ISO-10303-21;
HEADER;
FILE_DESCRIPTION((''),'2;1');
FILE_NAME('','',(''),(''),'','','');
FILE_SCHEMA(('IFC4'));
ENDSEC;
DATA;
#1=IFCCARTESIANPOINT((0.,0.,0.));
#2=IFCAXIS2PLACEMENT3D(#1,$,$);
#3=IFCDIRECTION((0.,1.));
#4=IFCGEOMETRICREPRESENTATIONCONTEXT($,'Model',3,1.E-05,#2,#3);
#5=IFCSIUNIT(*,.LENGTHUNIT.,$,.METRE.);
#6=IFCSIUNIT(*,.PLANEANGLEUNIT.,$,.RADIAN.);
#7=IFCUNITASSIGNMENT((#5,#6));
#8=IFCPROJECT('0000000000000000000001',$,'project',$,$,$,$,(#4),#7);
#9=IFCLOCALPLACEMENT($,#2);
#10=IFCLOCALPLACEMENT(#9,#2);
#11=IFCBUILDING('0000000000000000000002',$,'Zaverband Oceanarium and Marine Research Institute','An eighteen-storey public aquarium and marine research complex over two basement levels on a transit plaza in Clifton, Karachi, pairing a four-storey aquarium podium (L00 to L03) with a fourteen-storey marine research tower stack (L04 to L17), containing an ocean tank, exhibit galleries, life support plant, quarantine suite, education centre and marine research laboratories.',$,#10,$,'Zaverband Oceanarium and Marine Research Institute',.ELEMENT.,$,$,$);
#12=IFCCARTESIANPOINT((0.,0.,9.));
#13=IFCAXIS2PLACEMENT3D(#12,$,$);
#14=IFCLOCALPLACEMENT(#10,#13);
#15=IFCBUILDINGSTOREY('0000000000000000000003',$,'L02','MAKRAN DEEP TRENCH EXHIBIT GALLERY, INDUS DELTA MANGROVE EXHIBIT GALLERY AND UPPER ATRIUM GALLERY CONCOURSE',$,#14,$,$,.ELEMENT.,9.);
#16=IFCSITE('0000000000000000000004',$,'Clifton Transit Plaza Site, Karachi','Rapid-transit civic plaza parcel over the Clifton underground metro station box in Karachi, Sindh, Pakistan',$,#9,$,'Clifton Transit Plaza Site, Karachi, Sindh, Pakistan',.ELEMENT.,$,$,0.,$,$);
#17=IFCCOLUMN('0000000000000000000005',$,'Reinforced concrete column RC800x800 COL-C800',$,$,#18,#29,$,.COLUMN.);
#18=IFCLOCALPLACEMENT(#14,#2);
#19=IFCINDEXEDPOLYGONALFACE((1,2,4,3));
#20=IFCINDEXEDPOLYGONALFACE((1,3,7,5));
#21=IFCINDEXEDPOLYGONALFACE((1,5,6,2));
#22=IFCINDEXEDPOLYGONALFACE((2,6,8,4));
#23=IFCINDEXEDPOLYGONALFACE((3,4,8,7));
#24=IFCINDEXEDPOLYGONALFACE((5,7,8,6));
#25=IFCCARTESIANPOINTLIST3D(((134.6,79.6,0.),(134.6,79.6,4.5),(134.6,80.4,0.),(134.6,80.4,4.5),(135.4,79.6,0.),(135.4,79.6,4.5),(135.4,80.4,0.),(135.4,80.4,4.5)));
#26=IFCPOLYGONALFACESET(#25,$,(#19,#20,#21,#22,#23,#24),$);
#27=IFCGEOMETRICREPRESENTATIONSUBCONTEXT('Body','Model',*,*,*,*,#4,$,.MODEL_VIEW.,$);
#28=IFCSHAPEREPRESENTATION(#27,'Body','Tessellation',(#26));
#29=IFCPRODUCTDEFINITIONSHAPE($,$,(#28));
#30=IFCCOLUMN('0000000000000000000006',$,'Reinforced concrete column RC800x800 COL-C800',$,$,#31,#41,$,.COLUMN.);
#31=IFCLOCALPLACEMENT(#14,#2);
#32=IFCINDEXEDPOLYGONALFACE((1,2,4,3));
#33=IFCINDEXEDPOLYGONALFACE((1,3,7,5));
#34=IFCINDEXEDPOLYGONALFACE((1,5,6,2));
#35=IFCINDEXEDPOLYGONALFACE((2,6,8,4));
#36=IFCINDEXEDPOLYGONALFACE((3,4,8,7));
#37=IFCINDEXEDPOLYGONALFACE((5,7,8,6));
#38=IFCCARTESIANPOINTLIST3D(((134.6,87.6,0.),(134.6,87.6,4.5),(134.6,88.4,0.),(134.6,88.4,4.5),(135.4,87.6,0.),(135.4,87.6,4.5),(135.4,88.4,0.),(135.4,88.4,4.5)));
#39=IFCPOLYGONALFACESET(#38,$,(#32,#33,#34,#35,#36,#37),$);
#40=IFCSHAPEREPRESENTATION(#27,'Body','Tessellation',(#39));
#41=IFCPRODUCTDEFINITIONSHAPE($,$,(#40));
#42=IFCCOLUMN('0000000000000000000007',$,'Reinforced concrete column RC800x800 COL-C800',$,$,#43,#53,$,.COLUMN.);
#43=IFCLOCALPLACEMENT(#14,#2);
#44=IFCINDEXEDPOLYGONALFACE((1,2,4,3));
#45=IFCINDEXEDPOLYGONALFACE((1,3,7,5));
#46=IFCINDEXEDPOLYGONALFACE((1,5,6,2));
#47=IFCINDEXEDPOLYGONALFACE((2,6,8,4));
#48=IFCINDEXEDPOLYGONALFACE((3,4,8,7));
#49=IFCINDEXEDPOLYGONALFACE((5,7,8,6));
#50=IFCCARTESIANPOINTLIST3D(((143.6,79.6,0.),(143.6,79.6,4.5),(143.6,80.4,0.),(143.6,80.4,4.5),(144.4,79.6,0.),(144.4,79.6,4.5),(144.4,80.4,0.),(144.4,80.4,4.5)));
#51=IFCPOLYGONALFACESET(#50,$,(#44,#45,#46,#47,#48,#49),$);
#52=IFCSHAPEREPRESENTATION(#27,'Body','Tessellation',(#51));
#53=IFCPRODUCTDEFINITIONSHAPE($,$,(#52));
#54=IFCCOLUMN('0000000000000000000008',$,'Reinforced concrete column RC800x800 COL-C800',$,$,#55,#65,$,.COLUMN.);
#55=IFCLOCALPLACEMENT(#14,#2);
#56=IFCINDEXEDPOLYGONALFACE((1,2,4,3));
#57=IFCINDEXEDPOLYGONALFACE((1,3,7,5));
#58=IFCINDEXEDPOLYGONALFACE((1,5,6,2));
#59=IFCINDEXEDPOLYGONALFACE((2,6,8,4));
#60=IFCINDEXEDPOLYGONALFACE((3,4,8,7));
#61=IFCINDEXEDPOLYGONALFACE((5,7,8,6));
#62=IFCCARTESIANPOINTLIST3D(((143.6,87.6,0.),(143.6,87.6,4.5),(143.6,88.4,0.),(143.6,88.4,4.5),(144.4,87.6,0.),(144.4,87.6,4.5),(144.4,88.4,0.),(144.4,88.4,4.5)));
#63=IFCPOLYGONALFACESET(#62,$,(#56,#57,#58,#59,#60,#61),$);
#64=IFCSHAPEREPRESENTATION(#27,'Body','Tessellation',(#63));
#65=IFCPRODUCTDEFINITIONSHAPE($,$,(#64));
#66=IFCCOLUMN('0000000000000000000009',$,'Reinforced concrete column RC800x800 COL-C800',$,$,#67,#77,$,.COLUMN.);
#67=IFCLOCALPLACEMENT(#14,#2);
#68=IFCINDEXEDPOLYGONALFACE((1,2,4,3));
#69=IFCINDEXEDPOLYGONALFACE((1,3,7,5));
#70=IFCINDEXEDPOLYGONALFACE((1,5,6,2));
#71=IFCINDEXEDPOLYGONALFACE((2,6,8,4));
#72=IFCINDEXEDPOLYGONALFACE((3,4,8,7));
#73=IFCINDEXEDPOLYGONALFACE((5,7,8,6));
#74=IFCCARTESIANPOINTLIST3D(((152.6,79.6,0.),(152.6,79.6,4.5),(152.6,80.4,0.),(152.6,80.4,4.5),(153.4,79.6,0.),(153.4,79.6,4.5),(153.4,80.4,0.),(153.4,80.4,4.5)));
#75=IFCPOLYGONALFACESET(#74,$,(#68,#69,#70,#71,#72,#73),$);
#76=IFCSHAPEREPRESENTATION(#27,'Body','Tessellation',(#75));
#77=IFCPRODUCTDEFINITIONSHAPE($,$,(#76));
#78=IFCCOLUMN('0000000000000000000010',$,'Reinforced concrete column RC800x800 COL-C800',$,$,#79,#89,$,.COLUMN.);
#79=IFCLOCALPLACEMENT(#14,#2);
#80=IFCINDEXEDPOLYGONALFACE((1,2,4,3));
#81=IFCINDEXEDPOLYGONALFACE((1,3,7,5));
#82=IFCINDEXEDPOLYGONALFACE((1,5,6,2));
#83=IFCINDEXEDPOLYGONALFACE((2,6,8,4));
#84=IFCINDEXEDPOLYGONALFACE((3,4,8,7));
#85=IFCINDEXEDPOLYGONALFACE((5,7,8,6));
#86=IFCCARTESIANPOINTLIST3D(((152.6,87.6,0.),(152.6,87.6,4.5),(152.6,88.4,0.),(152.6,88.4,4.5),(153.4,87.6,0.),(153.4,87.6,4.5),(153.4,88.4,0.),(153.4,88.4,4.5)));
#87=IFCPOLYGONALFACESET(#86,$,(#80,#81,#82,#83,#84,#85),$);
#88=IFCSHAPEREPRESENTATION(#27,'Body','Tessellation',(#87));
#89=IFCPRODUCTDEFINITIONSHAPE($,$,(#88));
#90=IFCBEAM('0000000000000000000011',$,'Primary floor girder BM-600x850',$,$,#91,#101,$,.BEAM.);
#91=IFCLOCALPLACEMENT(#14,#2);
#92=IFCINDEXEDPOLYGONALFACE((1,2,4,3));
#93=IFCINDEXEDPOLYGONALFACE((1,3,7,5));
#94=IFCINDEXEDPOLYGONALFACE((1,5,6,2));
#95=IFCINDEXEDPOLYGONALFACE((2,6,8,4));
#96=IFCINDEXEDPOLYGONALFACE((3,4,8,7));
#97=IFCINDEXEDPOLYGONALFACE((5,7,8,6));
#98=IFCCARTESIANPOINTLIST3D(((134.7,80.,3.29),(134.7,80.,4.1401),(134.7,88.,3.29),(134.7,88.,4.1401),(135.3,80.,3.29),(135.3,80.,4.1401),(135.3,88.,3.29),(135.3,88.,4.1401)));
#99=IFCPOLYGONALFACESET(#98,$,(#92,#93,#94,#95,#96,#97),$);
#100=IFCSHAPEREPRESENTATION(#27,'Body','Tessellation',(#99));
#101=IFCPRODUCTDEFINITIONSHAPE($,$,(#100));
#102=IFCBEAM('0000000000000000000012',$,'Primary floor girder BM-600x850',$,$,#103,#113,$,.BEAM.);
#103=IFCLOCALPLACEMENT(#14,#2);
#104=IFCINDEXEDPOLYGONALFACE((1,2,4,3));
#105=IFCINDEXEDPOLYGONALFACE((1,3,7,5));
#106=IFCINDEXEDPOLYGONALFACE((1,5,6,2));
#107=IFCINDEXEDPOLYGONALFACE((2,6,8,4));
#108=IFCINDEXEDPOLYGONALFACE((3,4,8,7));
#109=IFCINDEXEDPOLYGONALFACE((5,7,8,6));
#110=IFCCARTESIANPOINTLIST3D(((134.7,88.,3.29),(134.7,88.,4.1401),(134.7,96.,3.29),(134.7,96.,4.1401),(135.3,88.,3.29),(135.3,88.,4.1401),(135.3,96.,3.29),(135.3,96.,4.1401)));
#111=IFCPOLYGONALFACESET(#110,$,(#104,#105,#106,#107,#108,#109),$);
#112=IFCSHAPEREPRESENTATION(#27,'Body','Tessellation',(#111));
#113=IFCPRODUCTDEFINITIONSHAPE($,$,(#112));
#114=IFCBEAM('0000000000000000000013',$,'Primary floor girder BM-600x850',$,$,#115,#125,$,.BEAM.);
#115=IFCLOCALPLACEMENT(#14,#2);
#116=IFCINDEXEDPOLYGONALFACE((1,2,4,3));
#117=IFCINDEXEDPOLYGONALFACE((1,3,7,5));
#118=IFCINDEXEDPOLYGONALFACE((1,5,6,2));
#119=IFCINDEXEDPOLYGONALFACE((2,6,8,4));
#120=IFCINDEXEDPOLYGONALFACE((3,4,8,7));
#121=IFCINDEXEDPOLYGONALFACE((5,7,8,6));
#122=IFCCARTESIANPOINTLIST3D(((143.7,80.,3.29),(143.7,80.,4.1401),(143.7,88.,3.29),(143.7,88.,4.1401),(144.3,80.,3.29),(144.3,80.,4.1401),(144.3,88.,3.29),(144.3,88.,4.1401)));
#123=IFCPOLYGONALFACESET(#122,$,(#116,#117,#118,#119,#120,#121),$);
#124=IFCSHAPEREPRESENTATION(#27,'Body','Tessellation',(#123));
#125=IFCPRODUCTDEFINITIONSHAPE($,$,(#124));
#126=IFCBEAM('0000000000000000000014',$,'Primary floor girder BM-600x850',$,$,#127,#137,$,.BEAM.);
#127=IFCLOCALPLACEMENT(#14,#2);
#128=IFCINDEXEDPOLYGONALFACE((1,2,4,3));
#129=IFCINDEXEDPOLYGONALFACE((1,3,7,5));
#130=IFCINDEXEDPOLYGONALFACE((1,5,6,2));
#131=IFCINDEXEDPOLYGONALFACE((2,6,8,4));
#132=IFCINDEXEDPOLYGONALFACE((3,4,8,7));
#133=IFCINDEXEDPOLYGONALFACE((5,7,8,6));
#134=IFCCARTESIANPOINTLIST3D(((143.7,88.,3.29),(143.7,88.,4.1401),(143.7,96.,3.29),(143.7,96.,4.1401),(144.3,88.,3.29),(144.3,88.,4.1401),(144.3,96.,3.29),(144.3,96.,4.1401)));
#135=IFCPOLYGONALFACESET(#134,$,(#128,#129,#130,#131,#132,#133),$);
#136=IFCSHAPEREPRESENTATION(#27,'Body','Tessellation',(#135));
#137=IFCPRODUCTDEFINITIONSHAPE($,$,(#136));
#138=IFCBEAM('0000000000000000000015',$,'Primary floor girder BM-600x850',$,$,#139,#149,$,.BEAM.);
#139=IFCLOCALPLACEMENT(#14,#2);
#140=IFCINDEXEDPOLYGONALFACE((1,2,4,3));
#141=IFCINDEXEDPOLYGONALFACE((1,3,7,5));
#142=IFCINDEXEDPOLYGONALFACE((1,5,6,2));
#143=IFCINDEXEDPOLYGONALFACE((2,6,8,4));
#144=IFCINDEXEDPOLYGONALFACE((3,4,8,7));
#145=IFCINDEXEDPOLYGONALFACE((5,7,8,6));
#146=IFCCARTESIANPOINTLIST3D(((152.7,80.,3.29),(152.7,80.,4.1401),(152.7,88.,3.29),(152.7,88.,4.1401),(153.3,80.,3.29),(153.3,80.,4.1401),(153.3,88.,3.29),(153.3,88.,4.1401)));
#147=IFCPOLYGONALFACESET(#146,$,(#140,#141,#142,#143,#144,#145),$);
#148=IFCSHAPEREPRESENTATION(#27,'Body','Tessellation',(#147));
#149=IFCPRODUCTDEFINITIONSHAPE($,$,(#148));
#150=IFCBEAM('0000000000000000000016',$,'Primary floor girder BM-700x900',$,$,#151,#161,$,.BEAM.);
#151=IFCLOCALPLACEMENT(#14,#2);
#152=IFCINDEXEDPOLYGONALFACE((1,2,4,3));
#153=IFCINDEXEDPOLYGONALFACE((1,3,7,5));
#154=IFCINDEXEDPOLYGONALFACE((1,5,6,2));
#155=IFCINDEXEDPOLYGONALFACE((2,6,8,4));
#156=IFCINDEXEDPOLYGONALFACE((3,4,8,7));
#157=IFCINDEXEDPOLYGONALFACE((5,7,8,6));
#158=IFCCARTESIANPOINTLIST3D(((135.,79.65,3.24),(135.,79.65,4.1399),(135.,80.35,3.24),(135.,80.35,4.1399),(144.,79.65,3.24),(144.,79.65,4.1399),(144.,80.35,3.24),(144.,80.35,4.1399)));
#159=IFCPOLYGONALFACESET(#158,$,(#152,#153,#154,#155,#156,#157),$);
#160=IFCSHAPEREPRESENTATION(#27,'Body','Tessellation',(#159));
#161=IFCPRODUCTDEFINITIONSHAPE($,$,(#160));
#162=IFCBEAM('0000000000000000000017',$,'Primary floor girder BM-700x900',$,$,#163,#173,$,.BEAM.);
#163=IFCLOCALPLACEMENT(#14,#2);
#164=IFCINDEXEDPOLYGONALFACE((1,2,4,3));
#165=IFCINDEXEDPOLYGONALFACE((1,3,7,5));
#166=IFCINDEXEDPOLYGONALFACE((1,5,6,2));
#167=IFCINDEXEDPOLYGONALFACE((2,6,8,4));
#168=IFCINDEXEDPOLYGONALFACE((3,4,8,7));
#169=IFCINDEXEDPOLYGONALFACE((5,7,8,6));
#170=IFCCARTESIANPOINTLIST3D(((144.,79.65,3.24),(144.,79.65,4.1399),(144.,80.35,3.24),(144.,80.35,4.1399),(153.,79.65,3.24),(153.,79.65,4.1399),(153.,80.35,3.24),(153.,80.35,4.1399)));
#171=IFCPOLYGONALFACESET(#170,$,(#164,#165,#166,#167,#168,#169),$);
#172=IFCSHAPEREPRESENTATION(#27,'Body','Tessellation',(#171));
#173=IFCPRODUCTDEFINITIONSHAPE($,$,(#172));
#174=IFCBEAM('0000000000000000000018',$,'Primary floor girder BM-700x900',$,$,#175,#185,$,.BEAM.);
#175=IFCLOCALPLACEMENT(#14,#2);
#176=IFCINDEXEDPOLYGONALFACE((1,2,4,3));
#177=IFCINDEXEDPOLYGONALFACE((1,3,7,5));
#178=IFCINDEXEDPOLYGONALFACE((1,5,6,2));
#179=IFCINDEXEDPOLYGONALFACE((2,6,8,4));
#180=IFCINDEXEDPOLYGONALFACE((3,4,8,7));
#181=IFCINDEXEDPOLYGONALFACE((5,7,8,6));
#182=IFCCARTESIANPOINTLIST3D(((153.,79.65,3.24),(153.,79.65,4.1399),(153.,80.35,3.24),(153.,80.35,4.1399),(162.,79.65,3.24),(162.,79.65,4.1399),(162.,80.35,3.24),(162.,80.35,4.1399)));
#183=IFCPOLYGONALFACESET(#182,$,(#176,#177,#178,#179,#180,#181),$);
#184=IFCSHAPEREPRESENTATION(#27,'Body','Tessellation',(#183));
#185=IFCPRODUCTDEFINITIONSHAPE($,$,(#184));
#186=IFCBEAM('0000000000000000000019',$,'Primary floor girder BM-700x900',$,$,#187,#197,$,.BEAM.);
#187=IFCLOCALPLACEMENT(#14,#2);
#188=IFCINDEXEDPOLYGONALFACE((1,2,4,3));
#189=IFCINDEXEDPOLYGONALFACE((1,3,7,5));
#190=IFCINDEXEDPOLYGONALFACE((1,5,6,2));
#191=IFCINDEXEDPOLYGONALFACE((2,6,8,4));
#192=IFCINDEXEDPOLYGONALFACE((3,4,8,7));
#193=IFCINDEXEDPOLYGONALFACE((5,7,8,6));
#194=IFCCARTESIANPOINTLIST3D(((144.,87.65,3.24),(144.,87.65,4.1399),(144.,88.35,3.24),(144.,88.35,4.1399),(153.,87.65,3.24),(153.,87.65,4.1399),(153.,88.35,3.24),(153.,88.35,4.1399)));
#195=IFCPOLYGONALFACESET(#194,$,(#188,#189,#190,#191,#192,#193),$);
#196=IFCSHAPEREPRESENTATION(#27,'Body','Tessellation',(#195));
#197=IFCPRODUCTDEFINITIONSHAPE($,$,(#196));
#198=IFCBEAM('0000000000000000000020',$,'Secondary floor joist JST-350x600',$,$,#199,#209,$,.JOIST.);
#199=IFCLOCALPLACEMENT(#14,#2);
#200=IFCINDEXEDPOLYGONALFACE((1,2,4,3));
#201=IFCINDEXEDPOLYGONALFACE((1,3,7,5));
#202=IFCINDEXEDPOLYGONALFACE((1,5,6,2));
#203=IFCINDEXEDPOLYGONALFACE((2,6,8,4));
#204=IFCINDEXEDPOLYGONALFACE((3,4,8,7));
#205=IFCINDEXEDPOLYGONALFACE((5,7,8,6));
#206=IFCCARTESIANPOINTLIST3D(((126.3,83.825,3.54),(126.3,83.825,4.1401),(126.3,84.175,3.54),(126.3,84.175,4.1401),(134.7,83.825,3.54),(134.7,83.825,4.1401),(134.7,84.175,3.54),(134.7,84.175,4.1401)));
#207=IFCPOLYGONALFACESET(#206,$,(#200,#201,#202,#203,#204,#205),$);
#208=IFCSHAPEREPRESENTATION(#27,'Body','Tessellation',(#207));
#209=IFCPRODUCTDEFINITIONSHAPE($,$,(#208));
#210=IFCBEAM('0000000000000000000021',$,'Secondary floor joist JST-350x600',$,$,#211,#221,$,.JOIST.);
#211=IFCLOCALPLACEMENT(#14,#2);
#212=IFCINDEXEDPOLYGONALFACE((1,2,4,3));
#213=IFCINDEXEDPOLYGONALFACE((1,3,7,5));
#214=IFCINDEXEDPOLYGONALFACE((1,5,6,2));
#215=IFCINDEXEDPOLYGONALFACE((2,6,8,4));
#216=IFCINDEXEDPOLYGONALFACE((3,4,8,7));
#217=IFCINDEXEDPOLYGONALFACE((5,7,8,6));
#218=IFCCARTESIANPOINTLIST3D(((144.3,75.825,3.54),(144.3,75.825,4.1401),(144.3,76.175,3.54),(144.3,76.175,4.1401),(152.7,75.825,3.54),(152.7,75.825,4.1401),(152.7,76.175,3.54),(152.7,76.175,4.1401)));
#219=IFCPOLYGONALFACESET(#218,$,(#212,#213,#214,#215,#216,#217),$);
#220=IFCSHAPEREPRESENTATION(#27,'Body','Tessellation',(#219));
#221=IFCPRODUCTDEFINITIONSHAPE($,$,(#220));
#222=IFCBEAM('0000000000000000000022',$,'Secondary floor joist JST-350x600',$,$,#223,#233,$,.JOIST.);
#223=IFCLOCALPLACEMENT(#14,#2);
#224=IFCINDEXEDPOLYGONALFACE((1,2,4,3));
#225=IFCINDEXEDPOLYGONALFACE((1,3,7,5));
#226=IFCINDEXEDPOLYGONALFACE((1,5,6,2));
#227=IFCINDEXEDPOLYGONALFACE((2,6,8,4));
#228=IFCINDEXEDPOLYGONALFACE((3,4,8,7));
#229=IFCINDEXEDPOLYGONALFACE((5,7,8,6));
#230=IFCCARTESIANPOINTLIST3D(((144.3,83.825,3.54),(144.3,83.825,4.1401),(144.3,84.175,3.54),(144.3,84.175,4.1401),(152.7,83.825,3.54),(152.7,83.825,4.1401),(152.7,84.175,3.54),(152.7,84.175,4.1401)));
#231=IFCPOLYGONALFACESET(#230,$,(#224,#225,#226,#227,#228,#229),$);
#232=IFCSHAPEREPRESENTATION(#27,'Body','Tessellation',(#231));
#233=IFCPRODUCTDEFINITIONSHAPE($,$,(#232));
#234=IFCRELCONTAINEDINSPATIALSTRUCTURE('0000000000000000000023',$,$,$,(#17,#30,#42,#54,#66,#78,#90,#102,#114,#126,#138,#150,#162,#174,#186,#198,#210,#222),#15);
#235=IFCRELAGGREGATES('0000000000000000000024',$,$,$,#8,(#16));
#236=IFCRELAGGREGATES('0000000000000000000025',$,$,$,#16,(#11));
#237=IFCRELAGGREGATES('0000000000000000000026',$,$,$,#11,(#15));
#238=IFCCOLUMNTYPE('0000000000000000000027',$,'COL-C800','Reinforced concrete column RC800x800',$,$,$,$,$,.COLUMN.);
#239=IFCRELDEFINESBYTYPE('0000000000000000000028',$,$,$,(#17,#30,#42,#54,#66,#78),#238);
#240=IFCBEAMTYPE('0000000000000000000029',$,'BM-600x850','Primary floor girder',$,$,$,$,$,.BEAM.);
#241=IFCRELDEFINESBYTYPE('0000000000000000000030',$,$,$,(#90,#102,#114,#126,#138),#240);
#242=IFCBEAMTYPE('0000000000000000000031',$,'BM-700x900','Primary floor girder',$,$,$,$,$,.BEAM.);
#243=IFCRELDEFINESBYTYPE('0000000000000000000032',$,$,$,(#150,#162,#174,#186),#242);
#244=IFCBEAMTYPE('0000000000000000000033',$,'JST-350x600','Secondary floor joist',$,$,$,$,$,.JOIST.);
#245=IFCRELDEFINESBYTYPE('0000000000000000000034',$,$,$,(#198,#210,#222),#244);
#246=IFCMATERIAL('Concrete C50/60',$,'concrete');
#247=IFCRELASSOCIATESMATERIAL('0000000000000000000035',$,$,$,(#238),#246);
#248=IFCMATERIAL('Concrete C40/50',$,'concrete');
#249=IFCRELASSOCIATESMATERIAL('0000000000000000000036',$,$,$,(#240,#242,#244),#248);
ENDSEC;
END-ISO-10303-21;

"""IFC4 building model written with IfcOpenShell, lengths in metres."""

from ifc_helpers import new_model, si_unit, direction, frame, origin, origin_2d, place, context, subcontext, project, spatial, rectangle, extrude, material, material_profile, profile_set, type_object, element, save


model = new_model("IFC4")

# Units and contexts
model_context = context("Model", 3, precision=1e-05, world=origin(), true_north=direction((0.0, 1.0)))
body_context = subcontext(model_context, "Body", "Model", "MODEL_VIEW")
ifc_project = project(units=[si_unit("LENGTHUNIT", "METRE"), si_unit("PLANEANGLEUNIT", "RADIAN")], contexts=[model_context])

# Site, building, storey
site_placement = place(None, origin())
site = spatial("IfcSite", under=ifc_project, at=site_placement, Name="Clifton Transit Plaza Site, Karachi", Description="Rapid-transit civic plaza parcel over the Clifton underground metro station box in Karachi, Sindh, Pakistan", LongName="Clifton Transit Plaza Site, Karachi, Sindh, Pakistan", CompositionType="ELEMENT", RefElevation=0.0)
building_placement = place(site_placement, origin())
building = spatial("IfcBuilding", under=site, at=building_placement, Name="Zaverband Oceanarium and Marine Research Institute", Description="An eighteen-storey public aquarium and marine research complex over two basement levels on a transit plaza in Clifton, Karachi, pairing a four-storey aquarium podium (L00 to L03) with a fourteen-storey marine research tower stack (L04 to L17), containing an ocean tank, exhibit galleries, life support plant, quarantine suite, education centre and marine research laboratories.", LongName="Zaverband Oceanarium and Marine Research Institute", CompositionType="ELEMENT")
storey_placement = place(building_placement, frame((0.0, 0.0, 9.0)))
storey = spatial("IfcBuildingStorey", under=building, at=storey_placement, Name="L02", Description="MAKRAN DEEP TRENCH EXHIBIT GALLERY, INDUS DELTA MANGROVE EXHIBIT GALLERY AND UPPER ATRIUM GALLERY CONCOURSE", CompositionType="ELEMENT", Elevation=9.0)

# Columns
ifc_material_1 = material(Name="Concrete C50/60", Category="concrete")
ifc_material_profile_1 = material_profile(ifc_material_1, rectangle(XDim=0.8, YDim=0.8, at=origin_2d()), Name="RC800x800")
ifc_profile_set_1 = profile_set([ifc_material_profile_1], Name="Concrete C50/60")
column_type = type_object("IfcColumnType", Name="COL-C800", Description="Reinforced concrete column RC800x800", PredefinedType="COLUMN", material=ifc_profile_set_1)
for number, where, z_axis, x_axis, name in (
    (1, (135.0, 80.0, 0.0), (0.0, 0.0, 1.0), (1.0, 0.0, 0.0), "Reinforced concrete column RC800x800 COL-C800"),
    (2, (135.0, 88.0, 0.0), (0.0, 0.0, 1.0), (1.0, 0.0, 0.0), "Reinforced concrete column RC800x800 COL-C800"),
    (3, (144.0, 80.0, 0.0), (0.0, 0.0, 1.0), (1.0, 0.0, 0.0), "Reinforced concrete column RC800x800 COL-C800"),
    (4, (144.0, 88.0, 0.0), (0.0, 0.0, 1.0), (1.0, 0.0, 0.0), "Reinforced concrete column RC800x800 COL-C800"),
    (5, (153.0, 80.0, 0.0), (0.0, 0.0, 1.0), (1.0, 0.0, 0.0), "Reinforced concrete column RC800x800 COL-C800"),
    (6, (153.0, 88.0, 0.0), (0.0, 0.0, 1.0), (1.0, 0.0, 0.0), "Reinforced concrete column RC800x800 COL-C800"),
):
    element("IfcColumn", number, at=place(storey_placement, frame(where, z_axis=z_axis, x_axis=x_axis)), inside=storey, type_object=column_type, Name=name, PredefinedType="COLUMN", context=body_context, shape_type="SweptSolid", body=[
        extrude(rectangle(XDim=0.8, YDim=0.8, at=origin_2d()), origin(), (0.0, 0.0, 1.0), 4.5),
    ])

# Beams
ifc_material_2 = material(Name="Concrete C40/50", Category="concrete")
ifc_material_profile_2 = material_profile(ifc_material_2, rectangle(XDim=0.6001, YDim=0.8501, at=origin_2d()), Name="RC600x850")
ifc_profile_set_2 = profile_set([ifc_material_profile_2], Name="Concrete C40/50")
beam_type_1 = type_object("IfcBeamType", Name="BM-600x850", Description="Primary floor girder", PredefinedType="BEAM", material=ifc_profile_set_2)
for number, where, z_axis, x_axis, name in (
    (7, (135.0, 80.0, 3.7151), (0.0, 1.0, 0.0), (-1.0, 0.0, 0.0), "Primary floor girder BM-600x850"),
    (8, (135.0, 88.0, 3.7151), (0.0, 1.0, 0.0), (-1.0, 0.0, 0.0), "Primary floor girder BM-600x850"),
    (9, (144.0, 80.0, 3.7151), (0.0, 1.0, 0.0), (-1.0, 0.0, 0.0), "Primary floor girder BM-600x850"),
    (10, (144.0, 88.0, 3.7151), (0.0, 1.0, 0.0), (-1.0, 0.0, 0.0), "Primary floor girder BM-600x850"),
    (11, (153.0, 80.0, 3.7151), (0.0, 1.0, 0.0), (-1.0, 0.0, 0.0), "Primary floor girder BM-600x850"),
):
    element("IfcBeam", number, at=place(storey_placement, frame(where, z_axis=z_axis, x_axis=x_axis)), inside=storey, type_object=beam_type_1, Name=name, PredefinedType="BEAM", context=body_context, shape_type="SweptSolid", body=[
        extrude(rectangle(XDim=0.6001, YDim=0.8501, at=origin_2d()), origin(), (0.0, 0.0, 1.0), 8.0),
    ])
ifc_material_profile_3 = material_profile(ifc_material_2, rectangle(XDim=0.7, YDim=0.8999, at=origin_2d()), Name="RC700x900")
ifc_profile_set_3 = profile_set([ifc_material_profile_3], Name="Concrete C40/50")
beam_type_2 = type_object("IfcBeamType", Name="BM-700x900", Description="Primary floor girder", PredefinedType="BEAM", material=ifc_profile_set_3)
for number, where, z_axis, x_axis, name in (
    (12, (135.0, 80.0, 3.6899), (1.0, 0.0, 0.0), (0.0, 1.0, 0.0), "Primary floor girder BM-700x900"),
    (13, (144.0, 80.0, 3.6899), (1.0, 0.0, 0.0), (0.0, 1.0, 0.0), "Primary floor girder BM-700x900"),
    (14, (153.0, 80.0, 3.6899), (1.0, 0.0, 0.0), (0.0, 1.0, 0.0), "Primary floor girder BM-700x900"),
    (15, (144.0, 88.0, 3.6899), (1.0, 0.0, 0.0), (0.0, 1.0, 0.0), "Primary floor girder BM-700x900"),
):
    element("IfcBeam", number, at=place(storey_placement, frame(where, z_axis=z_axis, x_axis=x_axis)), inside=storey, type_object=beam_type_2, Name=name, PredefinedType="BEAM", context=body_context, shape_type="SweptSolid", body=[
        extrude(rectangle(XDim=0.7, YDim=0.8999, at=origin_2d()), origin(), (0.0, 0.0, 1.0), 9.0),
    ])
ifc_material_profile_4 = material_profile(ifc_material_2, rectangle(XDim=0.3501, YDim=0.6001, at=origin_2d()), Name="RC350x600")
ifc_profile_set_4 = profile_set([ifc_material_profile_4], Name="Concrete C40/50")
beam_type_3 = type_object("IfcBeamType", Name="JST-350x600", Description="Secondary floor joist", PredefinedType="JOIST", material=ifc_profile_set_4)
for number, where, z_axis, x_axis, name in (
    (16, (126.3, 84.0, 3.8401), (1.0, 0.0, 0.0), (0.0, 1.0, 0.0), "Secondary floor joist JST-350x600"),
    (17, (144.3, 76.0, 3.8401), (1.0, 0.0, 0.0), (0.0, 1.0, 0.0), "Secondary floor joist JST-350x600"),
    (18, (144.3, 84.0, 3.8401), (1.0, 0.0, 0.0), (0.0, 1.0, 0.0), "Secondary floor joist JST-350x600"),
):
    element("IfcBeam", number, at=place(storey_placement, frame(where, z_axis=z_axis, x_axis=x_axis)), inside=storey, type_object=beam_type_3, Name=name, PredefinedType="JOIST", context=body_context, shape_type="SweptSolid", body=[
        extrude(rectangle(XDim=0.3501, YDim=0.6001, at=origin_2d()), origin(), (0.0, 0.0, 1.0), 8.3999),
    ])

save(model, "model.ifc")
